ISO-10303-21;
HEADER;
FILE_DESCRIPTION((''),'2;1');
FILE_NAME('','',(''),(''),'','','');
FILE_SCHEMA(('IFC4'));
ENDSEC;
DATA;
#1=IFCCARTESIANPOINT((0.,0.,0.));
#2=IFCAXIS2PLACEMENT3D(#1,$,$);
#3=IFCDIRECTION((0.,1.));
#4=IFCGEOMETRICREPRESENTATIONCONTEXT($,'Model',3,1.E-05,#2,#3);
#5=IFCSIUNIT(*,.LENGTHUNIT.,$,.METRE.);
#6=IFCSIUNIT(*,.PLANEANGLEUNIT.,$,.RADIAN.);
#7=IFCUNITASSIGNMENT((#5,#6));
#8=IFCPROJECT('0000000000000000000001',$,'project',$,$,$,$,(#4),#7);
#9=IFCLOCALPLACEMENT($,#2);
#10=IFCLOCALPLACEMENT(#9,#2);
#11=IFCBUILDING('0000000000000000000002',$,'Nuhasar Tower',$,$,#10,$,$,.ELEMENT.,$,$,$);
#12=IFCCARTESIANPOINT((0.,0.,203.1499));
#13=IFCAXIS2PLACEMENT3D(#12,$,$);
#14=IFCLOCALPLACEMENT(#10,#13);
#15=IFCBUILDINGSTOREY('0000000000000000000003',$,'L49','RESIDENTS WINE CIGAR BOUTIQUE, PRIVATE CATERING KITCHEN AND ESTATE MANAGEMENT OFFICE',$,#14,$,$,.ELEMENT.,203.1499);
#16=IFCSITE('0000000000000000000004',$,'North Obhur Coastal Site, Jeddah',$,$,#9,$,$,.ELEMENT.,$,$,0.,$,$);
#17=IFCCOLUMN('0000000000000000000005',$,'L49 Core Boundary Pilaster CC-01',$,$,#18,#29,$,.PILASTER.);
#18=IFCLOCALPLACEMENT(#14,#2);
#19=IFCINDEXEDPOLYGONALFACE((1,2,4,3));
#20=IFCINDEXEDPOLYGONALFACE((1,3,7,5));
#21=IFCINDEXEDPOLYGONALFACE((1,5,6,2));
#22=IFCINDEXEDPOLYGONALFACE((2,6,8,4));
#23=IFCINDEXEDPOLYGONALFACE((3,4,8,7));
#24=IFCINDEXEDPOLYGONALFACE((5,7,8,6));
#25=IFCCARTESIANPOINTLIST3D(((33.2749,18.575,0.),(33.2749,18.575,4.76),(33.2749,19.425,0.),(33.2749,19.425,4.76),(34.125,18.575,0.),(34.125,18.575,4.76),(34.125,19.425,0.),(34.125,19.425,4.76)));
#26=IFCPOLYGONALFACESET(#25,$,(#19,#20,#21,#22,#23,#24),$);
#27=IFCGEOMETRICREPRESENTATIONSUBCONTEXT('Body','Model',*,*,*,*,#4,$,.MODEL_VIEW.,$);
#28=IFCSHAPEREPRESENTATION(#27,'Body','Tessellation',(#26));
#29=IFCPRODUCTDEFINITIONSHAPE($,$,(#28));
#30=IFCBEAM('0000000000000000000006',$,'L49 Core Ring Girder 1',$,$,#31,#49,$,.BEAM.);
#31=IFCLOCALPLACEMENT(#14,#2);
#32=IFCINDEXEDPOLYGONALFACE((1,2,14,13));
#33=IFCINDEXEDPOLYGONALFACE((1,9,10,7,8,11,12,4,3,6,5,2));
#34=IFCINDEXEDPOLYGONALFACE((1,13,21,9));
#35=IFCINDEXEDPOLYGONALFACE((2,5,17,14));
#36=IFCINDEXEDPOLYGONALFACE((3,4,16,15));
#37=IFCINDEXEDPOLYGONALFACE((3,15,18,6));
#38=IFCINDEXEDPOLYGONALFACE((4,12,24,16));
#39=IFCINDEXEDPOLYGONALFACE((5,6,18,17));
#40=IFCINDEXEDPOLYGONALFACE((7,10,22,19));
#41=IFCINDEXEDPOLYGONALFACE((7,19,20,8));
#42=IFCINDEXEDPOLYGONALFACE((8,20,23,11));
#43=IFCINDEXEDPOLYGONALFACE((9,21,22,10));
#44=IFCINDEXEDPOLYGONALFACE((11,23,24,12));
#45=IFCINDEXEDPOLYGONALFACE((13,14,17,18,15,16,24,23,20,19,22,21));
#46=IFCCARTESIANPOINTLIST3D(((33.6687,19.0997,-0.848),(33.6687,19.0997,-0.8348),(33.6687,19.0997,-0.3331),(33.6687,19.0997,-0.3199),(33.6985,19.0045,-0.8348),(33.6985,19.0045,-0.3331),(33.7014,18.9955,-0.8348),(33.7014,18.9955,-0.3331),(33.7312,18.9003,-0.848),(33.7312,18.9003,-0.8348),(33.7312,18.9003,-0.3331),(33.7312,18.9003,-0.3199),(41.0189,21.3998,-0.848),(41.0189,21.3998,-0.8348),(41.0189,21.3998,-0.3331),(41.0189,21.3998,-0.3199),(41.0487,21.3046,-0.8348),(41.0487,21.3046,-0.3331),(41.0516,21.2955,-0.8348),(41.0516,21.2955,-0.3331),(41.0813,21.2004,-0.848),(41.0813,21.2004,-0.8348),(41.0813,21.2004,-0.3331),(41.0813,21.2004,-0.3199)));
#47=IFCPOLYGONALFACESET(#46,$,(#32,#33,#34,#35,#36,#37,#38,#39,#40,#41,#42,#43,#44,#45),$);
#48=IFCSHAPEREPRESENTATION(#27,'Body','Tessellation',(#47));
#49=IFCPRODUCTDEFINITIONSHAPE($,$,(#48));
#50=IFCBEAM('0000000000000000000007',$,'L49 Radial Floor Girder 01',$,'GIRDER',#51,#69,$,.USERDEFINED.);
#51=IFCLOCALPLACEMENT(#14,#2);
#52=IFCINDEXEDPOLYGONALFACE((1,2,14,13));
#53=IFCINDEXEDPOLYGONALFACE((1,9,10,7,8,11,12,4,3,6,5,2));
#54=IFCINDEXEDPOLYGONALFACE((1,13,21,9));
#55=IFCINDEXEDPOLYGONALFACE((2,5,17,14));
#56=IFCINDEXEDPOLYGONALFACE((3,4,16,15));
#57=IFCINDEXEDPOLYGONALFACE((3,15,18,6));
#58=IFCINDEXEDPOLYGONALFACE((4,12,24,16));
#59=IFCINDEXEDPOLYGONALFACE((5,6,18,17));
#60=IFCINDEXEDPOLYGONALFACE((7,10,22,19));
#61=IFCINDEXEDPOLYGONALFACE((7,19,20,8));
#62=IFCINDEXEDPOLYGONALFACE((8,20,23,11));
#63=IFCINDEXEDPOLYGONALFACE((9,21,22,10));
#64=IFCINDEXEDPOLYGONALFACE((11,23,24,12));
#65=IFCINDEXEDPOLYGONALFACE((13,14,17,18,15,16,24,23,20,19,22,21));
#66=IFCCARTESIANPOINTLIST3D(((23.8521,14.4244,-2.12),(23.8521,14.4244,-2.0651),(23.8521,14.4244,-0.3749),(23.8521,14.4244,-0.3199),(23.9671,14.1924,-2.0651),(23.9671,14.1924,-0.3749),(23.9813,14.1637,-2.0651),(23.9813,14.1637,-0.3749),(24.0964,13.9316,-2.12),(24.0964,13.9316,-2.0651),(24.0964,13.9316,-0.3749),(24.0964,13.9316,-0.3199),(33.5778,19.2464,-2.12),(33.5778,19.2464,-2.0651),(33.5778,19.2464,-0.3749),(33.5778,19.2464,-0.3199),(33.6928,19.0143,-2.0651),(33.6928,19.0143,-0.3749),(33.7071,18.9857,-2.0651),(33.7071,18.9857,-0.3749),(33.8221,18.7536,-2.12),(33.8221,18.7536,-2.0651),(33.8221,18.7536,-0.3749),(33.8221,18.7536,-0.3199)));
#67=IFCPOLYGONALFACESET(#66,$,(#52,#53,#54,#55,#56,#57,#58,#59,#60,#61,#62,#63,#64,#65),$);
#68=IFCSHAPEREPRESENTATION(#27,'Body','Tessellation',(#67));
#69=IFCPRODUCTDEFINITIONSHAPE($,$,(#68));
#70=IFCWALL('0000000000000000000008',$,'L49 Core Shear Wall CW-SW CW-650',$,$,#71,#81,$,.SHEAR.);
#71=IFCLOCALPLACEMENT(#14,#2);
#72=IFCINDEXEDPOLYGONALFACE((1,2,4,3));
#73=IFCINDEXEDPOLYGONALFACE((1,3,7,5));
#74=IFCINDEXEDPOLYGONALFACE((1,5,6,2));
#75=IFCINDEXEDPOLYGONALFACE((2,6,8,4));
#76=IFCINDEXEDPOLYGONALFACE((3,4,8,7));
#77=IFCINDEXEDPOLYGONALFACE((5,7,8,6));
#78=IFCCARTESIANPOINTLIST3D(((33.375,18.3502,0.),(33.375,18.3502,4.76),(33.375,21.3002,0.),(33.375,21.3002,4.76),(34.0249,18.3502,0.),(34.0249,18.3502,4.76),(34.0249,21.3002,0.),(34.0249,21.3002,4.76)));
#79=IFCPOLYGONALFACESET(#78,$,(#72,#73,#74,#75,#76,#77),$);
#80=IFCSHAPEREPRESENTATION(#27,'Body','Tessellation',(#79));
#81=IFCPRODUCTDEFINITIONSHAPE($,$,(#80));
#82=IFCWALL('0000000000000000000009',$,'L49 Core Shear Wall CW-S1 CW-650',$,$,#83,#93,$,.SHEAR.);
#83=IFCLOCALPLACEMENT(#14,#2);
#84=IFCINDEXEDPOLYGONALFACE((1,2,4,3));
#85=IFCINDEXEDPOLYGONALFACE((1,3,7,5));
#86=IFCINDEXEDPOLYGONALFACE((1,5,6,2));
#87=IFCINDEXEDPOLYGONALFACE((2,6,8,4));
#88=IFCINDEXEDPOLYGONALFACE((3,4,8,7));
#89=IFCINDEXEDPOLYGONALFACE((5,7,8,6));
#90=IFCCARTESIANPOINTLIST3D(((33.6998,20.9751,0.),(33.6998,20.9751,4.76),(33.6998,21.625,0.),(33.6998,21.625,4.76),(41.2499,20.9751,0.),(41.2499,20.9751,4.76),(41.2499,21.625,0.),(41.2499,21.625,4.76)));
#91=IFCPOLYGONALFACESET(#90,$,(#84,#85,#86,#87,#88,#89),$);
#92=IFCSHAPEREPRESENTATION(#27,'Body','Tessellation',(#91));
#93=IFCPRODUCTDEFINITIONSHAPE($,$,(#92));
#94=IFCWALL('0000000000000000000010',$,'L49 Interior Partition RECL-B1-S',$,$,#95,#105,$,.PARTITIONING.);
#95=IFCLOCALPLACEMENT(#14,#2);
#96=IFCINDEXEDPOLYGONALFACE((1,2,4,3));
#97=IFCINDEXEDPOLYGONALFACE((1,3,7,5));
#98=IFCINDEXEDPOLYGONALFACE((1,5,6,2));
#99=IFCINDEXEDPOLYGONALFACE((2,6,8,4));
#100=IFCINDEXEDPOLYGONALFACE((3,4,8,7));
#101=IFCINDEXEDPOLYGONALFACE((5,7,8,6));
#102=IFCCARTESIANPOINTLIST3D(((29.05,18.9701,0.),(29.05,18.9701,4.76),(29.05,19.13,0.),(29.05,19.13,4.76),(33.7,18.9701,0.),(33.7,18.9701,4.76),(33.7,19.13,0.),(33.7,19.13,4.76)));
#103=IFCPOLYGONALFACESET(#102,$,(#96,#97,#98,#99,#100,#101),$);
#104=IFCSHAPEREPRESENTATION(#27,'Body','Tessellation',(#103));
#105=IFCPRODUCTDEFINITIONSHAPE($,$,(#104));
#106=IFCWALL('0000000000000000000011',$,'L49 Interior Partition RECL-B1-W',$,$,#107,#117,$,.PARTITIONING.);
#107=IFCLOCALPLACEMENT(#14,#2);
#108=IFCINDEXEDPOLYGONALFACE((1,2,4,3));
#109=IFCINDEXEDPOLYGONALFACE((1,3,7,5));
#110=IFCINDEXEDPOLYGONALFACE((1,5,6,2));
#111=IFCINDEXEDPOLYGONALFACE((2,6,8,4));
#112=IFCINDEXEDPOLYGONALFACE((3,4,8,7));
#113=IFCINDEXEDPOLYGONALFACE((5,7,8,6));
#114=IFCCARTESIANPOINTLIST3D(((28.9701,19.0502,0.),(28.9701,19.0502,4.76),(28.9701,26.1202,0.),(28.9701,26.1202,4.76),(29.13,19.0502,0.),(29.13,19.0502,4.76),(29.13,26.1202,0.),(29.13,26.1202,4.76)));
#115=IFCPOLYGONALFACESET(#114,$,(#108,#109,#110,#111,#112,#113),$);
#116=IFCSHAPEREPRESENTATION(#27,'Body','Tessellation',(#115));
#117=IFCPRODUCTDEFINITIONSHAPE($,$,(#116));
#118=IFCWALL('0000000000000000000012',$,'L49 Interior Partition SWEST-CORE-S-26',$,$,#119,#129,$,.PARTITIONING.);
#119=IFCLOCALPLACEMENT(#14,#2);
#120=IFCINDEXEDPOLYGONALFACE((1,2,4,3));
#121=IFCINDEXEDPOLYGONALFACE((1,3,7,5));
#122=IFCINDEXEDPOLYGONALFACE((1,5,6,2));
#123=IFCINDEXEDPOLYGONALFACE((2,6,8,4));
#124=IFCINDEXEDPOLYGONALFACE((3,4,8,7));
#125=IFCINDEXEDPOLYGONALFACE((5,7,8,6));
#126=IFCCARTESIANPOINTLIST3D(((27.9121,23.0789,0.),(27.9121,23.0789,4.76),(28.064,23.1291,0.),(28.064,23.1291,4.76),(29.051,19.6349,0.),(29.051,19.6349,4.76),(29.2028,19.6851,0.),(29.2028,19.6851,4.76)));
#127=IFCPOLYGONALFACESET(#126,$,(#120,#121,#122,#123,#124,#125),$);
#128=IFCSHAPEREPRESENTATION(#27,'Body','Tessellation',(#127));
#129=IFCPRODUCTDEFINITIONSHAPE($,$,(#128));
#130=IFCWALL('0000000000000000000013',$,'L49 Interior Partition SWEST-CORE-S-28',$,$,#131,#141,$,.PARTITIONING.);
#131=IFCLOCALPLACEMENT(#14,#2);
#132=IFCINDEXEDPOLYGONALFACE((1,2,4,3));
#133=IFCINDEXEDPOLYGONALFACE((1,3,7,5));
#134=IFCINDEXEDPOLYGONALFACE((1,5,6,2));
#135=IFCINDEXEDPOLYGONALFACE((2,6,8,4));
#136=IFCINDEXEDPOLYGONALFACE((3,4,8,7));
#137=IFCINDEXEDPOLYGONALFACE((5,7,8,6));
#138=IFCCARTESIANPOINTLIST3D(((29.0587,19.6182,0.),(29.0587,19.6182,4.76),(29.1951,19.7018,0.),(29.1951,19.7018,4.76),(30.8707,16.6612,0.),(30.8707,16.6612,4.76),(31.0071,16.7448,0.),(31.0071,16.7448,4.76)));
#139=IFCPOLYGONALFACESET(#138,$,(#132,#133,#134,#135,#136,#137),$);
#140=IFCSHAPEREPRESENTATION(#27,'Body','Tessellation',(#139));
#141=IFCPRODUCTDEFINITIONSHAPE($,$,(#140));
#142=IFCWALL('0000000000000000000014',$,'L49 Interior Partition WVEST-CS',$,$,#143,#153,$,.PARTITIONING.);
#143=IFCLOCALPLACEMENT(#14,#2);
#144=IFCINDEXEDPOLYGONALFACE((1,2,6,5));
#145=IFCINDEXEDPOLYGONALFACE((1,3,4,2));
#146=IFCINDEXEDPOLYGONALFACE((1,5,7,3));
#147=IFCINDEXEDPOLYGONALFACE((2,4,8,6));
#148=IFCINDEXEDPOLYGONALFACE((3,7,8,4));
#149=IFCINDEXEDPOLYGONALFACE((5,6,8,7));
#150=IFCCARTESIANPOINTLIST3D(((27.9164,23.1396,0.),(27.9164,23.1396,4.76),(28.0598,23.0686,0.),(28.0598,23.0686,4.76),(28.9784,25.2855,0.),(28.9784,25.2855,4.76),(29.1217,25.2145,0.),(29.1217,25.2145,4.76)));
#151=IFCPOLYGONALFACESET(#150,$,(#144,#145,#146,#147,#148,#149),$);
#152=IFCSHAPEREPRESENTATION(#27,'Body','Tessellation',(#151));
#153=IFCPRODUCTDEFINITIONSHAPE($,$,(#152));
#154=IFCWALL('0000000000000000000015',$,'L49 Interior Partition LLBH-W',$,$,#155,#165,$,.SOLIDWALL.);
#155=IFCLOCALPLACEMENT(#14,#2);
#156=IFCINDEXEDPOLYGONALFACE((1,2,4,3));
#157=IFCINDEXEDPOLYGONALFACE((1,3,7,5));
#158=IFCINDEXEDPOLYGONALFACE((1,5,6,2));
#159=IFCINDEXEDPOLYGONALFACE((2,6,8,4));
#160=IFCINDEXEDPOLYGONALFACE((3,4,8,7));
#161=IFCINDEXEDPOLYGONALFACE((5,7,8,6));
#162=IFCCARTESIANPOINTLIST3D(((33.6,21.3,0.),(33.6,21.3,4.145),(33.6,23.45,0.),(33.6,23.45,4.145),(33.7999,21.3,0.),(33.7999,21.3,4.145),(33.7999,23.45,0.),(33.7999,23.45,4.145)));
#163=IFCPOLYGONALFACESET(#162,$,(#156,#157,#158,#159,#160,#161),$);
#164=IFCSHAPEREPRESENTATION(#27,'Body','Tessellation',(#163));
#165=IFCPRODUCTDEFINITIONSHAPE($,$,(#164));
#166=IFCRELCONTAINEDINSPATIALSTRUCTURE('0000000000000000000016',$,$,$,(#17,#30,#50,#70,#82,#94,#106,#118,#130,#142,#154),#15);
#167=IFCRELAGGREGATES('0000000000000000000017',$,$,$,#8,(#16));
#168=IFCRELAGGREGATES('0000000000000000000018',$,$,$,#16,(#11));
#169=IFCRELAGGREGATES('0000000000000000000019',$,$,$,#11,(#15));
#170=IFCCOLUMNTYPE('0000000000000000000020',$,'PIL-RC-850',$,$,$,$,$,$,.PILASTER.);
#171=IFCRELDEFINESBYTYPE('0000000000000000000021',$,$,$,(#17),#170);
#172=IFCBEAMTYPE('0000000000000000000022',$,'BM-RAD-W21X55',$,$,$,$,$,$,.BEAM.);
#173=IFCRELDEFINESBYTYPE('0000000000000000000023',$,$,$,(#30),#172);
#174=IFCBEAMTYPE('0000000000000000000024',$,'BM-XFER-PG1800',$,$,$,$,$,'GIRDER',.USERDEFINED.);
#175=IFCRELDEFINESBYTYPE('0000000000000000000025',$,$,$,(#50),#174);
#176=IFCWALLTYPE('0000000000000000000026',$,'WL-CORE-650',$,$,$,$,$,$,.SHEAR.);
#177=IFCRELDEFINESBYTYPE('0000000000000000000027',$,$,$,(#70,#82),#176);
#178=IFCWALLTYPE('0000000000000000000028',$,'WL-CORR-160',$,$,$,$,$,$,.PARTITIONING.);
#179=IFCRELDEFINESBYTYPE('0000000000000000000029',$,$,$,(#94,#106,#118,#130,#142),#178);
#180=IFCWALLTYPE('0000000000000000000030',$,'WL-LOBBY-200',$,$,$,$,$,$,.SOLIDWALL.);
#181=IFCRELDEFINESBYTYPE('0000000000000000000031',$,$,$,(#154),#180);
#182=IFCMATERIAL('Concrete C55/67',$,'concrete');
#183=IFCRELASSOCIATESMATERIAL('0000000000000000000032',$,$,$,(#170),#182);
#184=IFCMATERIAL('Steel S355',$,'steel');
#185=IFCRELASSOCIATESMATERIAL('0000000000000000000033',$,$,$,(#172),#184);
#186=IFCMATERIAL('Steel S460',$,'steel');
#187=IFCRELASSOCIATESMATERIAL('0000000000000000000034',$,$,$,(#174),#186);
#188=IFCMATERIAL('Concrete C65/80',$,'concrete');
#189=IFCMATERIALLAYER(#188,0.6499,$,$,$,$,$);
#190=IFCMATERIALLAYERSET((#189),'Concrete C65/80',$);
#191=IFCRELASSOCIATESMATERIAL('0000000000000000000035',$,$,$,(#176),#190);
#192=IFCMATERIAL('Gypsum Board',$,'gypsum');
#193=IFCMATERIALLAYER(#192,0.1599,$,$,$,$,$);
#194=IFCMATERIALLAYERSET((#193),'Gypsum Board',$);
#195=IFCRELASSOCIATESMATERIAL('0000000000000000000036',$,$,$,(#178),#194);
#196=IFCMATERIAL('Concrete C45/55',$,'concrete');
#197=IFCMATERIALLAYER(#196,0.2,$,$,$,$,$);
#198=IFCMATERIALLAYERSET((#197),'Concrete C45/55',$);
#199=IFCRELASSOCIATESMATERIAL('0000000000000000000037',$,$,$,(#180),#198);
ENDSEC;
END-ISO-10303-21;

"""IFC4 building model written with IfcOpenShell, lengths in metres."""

from ifc_helpers import new_model, si_unit, direction, frame, frame_2d, origin, origin_2d, place, context, subcontext, project, spatial, rectangle, i_section, extrude, material, layer, layer_set, material_profile, profile_set, type_object, element, save


model = new_model("IFC4")

# Units and contexts
model_context = context("Model", 3, precision=1e-05, world=origin(), true_north=direction((0.0, 1.0)))
body_context = subcontext(model_context, "Body", "Model", "MODEL_VIEW")
ifc_project = project(units=[si_unit("LENGTHUNIT", "METRE"), si_unit("PLANEANGLEUNIT", "RADIAN")], contexts=[model_context])

# Site, building, storey
site_placement = place(None, origin())
site = spatial("IfcSite", under=ifc_project, at=site_placement, Name="North Obhur Coastal Site, Jeddah", CompositionType="ELEMENT", RefElevation=0.0)
building_placement = place(site_placement, origin())
building = spatial("IfcBuilding", under=site, at=building_placement, Name="Nuhasar Tower", CompositionType="ELEMENT")
storey_placement = place(building_placement, frame((0.0, 0.0, 203.1499)))
storey = spatial("IfcBuildingStorey", under=building, at=storey_placement, Name="L49", Description="RESIDENTS WINE CIGAR BOUTIQUE, PRIVATE CATERING KITCHEN AND ESTATE MANAGEMENT OFFICE", CompositionType="ELEMENT", Elevation=203.1499)

# Column
ifc_material_1 = material(Name="Concrete C55/67", Category="concrete")
ifc_material_profile_1 = material_profile(ifc_material_1, rectangle(XDim=0.8501, YDim=0.8501, at=origin_2d()), Name="RC850X850")
ifc_profile_set_1 = profile_set([ifc_material_profile_1], Name="Concrete C55/67")
column_type = type_object("IfcColumnType", Name="PIL-RC-850", PredefinedType="PILASTER", material=ifc_profile_set_1)
column_placement = place(storey_placement, frame((33.7, 19.0, 0.0), z_axis=(0.0, 0.0, 1.0), x_axis=(1.0, 0.0, 0.0)))
element("IfcColumn", 1, at=column_placement, inside=storey, type_object=column_type, Name="L49 Core Boundary Pilaster CC-01", PredefinedType="PILASTER", context=body_context, shape_type="SweptSolid", body=[
    extrude(rectangle(XDim=0.8501, YDim=0.8501, at=origin_2d()), origin(), (0.0, 0.0, 1.0), 4.76),
])

# Beams
ifc_material_2 = material(Name="Steel S355", Category="steel")
ifc_material_profile_2 = material_profile(ifc_material_2, i_section(OverallWidth=0.209, OverallDepth=0.5281, WebThickness=0.0095, FlangeThickness=0.0132, at=origin_2d()), Name="W21X55")
ifc_profile_set_2 = profile_set([ifc_material_profile_2], Name="Steel S355")
beam_type_1 = type_object("IfcBeamType", Name="BM-RAD-W21X55", PredefinedType="BEAM", material=ifc_profile_set_2)
beam_1_placement = place(storey_placement, frame((33.7, 19.0, -0.584), z_axis=(0.954364, 0.298647, 0.0), x_axis=(-0.298647, 0.954364, 0.0)))
element("IfcBeam", 2, at=beam_1_placement, inside=storey, type_object=beam_type_1, Name="L49 Core Ring Girder 1", PredefinedType="BEAM", context=body_context, shape_type="SweptSolid", body=[
    extrude(i_section(OverallWidth=0.209, OverallDepth=0.5281, WebThickness=0.0095, FlangeThickness=0.0132, at=origin_2d()), origin(), (0.0, 0.0, 1.0), 7.7017),
])
ifc_material_3 = material(Name="Steel S460", Category="steel")
ifc_material_profile_3 = material_profile(ifc_material_3, i_section(OverallWidth=0.55, OverallDepth=1.8, WebThickness=0.032, FlangeThickness=0.0549, at=origin_2d()), Name="PG1800X550")
ifc_profile_set_3 = profile_set([ifc_material_profile_3], Name="Steel S460")
beam_type_2 = type_object("IfcBeamType", Name="BM-XFER-PG1800", ElementType="GIRDER", PredefinedType="USERDEFINED", material=ifc_profile_set_3)
beam_2_placement = place(storey_placement, frame((33.7, 19.0, -1.22), z_axis=(-0.895929, -0.444197, 0.0), x_axis=(0.444197, -0.895929, 0.0)))
element("IfcBeam", 3, at=beam_2_placement, inside=storey, type_object=beam_type_2, Name="L49 Radial Floor Girder 01", ObjectType="GIRDER", PredefinedType="USERDEFINED", context=body_context, shape_type="SweptSolid", body=[
    extrude(i_section(OverallWidth=0.55, OverallDepth=1.8, WebThickness=0.032, FlangeThickness=0.0549, at=origin_2d()), origin(), (0.0, 0.0, 1.0), 10.8555),
])

# Walls
ifc_material_4 = material(Name="Concrete C65/80", Category="concrete")
ifc_layer_1 = layer(ifc_material_4, 0.6499)
ifc_layer_set_1 = layer_set([ifc_layer_1], Name="Concrete C65/80")
wall_type_1 = type_object("IfcWallType", Name="WL-CORE-650", PredefinedType="SHEAR", material=ifc_layer_set_1)
wall_1_placement = place(storey_placement, frame((33.7, 18.3501, 0.0), z_axis=(0.0, 0.0, 1.0), x_axis=(0.0, 1.0, 0.0)))
element("IfcWall", 4, at=wall_1_placement, inside=storey, type_object=wall_type_1, Name="L49 Core Shear Wall CW-SW CW-650", PredefinedType="SHEAR", context=body_context, shape_type="SweptSolid", body=[
    extrude(rectangle(XDim=2.95, YDim=0.6499, at=frame_2d((1.4751, 0.0))), origin(), (0.0, 0.0, 1.0), 4.76),
])
wall_2_placement = place(storey_placement, frame((33.7, 21.3, 0.0), z_axis=(0.0, 0.0, 1.0), x_axis=(1.0, 0.0, 0.0)))
element("IfcWall", 5, at=wall_2_placement, inside=storey, type_object=wall_type_1, Name="L49 Core Shear Wall CW-S1 CW-650", PredefinedType="SHEAR", context=body_context, shape_type="SweptSolid", body=[
    extrude(rectangle(XDim=7.55, YDim=0.6499, at=frame_2d((3.7749, 0.0))), origin(), (0.0, 0.0, 1.0), 4.76),
])
ifc_material_5 = material(Name="Gypsum Board", Category="gypsum")
ifc_layer_2 = layer(ifc_material_5, 0.1599)
ifc_layer_set_2 = layer_set([ifc_layer_2], Name="Gypsum Board")
wall_type_2 = type_object("IfcWallType", Name="WL-CORR-160", PredefinedType="PARTITIONING", material=ifc_layer_set_2)
wall_3_placement = place(storey_placement, frame((29.05, 19.05, 0.0), z_axis=(0.0, 0.0, 1.0), x_axis=(1.0, 0.0, 0.0)))
element("IfcWall", 6, at=wall_3_placement, inside=storey, type_object=wall_type_2, Name="L49 Interior Partition RECL-B1-S", PredefinedType="PARTITIONING", context=body_context, shape_type="SweptSolid", body=[
    extrude(rectangle(XDim=4.6499, YDim=0.1599, at=frame_2d((2.325, 0.0))), origin(), (0.0, 0.0, 1.0), 4.76),
])
wall_4_placement = place(storey_placement, frame((29.05, 19.05, 0.0), z_axis=(0.0, 0.0, 1.0), x_axis=(0.0, 1.0, 0.0)))
element("IfcWall", 7, at=wall_4_placement, inside=storey, type_object=wall_type_2, Name="L49 Interior Partition RECL-B1-W", PredefinedType="PARTITIONING", context=body_context, shape_type="SweptSolid", body=[
    extrude(rectangle(XDim=7.0701, YDim=0.1599, at=frame_2d((3.5352, 0.0))), origin(), (0.0, 0.0, 1.0), 4.76),
])

# Walls
wall_5_placement = place(storey_placement, frame((27.988, 23.104, 0.0), z_axis=(0.0, 0.0, 1.0), x_axis=(0.313966, -0.949434, 0.0)))
element("IfcWall", 8, at=wall_5_placement, inside=storey, type_object=wall_type_2, Name="L49 Interior Partition SWEST-CORE-S-26", PredefinedType="PARTITIONING", context=body_context, shape_type="SweptSolid", body=[
    extrude(rectangle(XDim=3.6274, YDim=0.1599, at=frame_2d((1.8137, 0.0))), origin(), (0.0, 0.0, 1.0), 4.76),
])
wall_6_placement = place(storey_placement, frame((29.127, 19.6599, 0.0), z_axis=(0.0, 0.0, 1.0), x_axis=(0.522486, -0.852648, 0.0)))
element("IfcWall", 9, at=wall_6_placement, inside=storey, type_object=wall_type_2, Name="L49 Interior Partition SWEST-CORE-S-28", PredefinedType="PARTITIONING", context=body_context, shape_type="SweptSolid", body=[
    extrude(rectangle(XDim=3.468, YDim=0.1599, at=frame_2d((1.7339, 0.0))), origin(), (0.0, 0.0, 1.0), 4.76),
])
wall_7_placement = place(storey_placement, frame((27.988, 23.104, 0.0), z_axis=(0.0, 0.0, 1.0), x_axis=(0.443539, 0.896255, 0.0)))
element("IfcWall", 10, at=wall_7_placement, inside=storey, type_object=wall_type_2, Name="L49 Interior Partition WVEST-CS", PredefinedType="PARTITIONING", context=body_context, shape_type="SweptSolid", body=[
    extrude(rectangle(XDim=2.3943, YDim=0.1599, at=frame_2d((1.1973, 0.0))), origin(), (0.0, 0.0, 1.0), 4.76),
])
ifc_material_6 = material(Name="Concrete C45/55", Category="concrete")
ifc_layer_3 = layer(ifc_material_6, 0.2)
ifc_layer_set_3 = layer_set([ifc_layer_3], Name="Concrete C45/55")
wall_type_3 = type_object("IfcWallType", Name="WL-LOBBY-200", PredefinedType="SOLIDWALL", material=ifc_layer_set_3)
wall_8_placement = place(storey_placement, frame((33.7, 21.3, 0.0), z_axis=(0.0, 0.0, 1.0), x_axis=(0.0, 1.0, 0.0)))
element("IfcWall", 11, at=wall_8_placement, inside=storey, type_object=wall_type_3, Name="L49 Interior Partition LLBH-W", PredefinedType="SOLIDWALL", context=body_context, shape_type="SweptSolid", body=[
    extrude(rectangle(XDim=2.1499, YDim=0.2, at=frame_2d((1.075, 0.0))), origin(), (0.0, 0.0, 1.0), 4.145),
])

save(model, "model.ifc")
